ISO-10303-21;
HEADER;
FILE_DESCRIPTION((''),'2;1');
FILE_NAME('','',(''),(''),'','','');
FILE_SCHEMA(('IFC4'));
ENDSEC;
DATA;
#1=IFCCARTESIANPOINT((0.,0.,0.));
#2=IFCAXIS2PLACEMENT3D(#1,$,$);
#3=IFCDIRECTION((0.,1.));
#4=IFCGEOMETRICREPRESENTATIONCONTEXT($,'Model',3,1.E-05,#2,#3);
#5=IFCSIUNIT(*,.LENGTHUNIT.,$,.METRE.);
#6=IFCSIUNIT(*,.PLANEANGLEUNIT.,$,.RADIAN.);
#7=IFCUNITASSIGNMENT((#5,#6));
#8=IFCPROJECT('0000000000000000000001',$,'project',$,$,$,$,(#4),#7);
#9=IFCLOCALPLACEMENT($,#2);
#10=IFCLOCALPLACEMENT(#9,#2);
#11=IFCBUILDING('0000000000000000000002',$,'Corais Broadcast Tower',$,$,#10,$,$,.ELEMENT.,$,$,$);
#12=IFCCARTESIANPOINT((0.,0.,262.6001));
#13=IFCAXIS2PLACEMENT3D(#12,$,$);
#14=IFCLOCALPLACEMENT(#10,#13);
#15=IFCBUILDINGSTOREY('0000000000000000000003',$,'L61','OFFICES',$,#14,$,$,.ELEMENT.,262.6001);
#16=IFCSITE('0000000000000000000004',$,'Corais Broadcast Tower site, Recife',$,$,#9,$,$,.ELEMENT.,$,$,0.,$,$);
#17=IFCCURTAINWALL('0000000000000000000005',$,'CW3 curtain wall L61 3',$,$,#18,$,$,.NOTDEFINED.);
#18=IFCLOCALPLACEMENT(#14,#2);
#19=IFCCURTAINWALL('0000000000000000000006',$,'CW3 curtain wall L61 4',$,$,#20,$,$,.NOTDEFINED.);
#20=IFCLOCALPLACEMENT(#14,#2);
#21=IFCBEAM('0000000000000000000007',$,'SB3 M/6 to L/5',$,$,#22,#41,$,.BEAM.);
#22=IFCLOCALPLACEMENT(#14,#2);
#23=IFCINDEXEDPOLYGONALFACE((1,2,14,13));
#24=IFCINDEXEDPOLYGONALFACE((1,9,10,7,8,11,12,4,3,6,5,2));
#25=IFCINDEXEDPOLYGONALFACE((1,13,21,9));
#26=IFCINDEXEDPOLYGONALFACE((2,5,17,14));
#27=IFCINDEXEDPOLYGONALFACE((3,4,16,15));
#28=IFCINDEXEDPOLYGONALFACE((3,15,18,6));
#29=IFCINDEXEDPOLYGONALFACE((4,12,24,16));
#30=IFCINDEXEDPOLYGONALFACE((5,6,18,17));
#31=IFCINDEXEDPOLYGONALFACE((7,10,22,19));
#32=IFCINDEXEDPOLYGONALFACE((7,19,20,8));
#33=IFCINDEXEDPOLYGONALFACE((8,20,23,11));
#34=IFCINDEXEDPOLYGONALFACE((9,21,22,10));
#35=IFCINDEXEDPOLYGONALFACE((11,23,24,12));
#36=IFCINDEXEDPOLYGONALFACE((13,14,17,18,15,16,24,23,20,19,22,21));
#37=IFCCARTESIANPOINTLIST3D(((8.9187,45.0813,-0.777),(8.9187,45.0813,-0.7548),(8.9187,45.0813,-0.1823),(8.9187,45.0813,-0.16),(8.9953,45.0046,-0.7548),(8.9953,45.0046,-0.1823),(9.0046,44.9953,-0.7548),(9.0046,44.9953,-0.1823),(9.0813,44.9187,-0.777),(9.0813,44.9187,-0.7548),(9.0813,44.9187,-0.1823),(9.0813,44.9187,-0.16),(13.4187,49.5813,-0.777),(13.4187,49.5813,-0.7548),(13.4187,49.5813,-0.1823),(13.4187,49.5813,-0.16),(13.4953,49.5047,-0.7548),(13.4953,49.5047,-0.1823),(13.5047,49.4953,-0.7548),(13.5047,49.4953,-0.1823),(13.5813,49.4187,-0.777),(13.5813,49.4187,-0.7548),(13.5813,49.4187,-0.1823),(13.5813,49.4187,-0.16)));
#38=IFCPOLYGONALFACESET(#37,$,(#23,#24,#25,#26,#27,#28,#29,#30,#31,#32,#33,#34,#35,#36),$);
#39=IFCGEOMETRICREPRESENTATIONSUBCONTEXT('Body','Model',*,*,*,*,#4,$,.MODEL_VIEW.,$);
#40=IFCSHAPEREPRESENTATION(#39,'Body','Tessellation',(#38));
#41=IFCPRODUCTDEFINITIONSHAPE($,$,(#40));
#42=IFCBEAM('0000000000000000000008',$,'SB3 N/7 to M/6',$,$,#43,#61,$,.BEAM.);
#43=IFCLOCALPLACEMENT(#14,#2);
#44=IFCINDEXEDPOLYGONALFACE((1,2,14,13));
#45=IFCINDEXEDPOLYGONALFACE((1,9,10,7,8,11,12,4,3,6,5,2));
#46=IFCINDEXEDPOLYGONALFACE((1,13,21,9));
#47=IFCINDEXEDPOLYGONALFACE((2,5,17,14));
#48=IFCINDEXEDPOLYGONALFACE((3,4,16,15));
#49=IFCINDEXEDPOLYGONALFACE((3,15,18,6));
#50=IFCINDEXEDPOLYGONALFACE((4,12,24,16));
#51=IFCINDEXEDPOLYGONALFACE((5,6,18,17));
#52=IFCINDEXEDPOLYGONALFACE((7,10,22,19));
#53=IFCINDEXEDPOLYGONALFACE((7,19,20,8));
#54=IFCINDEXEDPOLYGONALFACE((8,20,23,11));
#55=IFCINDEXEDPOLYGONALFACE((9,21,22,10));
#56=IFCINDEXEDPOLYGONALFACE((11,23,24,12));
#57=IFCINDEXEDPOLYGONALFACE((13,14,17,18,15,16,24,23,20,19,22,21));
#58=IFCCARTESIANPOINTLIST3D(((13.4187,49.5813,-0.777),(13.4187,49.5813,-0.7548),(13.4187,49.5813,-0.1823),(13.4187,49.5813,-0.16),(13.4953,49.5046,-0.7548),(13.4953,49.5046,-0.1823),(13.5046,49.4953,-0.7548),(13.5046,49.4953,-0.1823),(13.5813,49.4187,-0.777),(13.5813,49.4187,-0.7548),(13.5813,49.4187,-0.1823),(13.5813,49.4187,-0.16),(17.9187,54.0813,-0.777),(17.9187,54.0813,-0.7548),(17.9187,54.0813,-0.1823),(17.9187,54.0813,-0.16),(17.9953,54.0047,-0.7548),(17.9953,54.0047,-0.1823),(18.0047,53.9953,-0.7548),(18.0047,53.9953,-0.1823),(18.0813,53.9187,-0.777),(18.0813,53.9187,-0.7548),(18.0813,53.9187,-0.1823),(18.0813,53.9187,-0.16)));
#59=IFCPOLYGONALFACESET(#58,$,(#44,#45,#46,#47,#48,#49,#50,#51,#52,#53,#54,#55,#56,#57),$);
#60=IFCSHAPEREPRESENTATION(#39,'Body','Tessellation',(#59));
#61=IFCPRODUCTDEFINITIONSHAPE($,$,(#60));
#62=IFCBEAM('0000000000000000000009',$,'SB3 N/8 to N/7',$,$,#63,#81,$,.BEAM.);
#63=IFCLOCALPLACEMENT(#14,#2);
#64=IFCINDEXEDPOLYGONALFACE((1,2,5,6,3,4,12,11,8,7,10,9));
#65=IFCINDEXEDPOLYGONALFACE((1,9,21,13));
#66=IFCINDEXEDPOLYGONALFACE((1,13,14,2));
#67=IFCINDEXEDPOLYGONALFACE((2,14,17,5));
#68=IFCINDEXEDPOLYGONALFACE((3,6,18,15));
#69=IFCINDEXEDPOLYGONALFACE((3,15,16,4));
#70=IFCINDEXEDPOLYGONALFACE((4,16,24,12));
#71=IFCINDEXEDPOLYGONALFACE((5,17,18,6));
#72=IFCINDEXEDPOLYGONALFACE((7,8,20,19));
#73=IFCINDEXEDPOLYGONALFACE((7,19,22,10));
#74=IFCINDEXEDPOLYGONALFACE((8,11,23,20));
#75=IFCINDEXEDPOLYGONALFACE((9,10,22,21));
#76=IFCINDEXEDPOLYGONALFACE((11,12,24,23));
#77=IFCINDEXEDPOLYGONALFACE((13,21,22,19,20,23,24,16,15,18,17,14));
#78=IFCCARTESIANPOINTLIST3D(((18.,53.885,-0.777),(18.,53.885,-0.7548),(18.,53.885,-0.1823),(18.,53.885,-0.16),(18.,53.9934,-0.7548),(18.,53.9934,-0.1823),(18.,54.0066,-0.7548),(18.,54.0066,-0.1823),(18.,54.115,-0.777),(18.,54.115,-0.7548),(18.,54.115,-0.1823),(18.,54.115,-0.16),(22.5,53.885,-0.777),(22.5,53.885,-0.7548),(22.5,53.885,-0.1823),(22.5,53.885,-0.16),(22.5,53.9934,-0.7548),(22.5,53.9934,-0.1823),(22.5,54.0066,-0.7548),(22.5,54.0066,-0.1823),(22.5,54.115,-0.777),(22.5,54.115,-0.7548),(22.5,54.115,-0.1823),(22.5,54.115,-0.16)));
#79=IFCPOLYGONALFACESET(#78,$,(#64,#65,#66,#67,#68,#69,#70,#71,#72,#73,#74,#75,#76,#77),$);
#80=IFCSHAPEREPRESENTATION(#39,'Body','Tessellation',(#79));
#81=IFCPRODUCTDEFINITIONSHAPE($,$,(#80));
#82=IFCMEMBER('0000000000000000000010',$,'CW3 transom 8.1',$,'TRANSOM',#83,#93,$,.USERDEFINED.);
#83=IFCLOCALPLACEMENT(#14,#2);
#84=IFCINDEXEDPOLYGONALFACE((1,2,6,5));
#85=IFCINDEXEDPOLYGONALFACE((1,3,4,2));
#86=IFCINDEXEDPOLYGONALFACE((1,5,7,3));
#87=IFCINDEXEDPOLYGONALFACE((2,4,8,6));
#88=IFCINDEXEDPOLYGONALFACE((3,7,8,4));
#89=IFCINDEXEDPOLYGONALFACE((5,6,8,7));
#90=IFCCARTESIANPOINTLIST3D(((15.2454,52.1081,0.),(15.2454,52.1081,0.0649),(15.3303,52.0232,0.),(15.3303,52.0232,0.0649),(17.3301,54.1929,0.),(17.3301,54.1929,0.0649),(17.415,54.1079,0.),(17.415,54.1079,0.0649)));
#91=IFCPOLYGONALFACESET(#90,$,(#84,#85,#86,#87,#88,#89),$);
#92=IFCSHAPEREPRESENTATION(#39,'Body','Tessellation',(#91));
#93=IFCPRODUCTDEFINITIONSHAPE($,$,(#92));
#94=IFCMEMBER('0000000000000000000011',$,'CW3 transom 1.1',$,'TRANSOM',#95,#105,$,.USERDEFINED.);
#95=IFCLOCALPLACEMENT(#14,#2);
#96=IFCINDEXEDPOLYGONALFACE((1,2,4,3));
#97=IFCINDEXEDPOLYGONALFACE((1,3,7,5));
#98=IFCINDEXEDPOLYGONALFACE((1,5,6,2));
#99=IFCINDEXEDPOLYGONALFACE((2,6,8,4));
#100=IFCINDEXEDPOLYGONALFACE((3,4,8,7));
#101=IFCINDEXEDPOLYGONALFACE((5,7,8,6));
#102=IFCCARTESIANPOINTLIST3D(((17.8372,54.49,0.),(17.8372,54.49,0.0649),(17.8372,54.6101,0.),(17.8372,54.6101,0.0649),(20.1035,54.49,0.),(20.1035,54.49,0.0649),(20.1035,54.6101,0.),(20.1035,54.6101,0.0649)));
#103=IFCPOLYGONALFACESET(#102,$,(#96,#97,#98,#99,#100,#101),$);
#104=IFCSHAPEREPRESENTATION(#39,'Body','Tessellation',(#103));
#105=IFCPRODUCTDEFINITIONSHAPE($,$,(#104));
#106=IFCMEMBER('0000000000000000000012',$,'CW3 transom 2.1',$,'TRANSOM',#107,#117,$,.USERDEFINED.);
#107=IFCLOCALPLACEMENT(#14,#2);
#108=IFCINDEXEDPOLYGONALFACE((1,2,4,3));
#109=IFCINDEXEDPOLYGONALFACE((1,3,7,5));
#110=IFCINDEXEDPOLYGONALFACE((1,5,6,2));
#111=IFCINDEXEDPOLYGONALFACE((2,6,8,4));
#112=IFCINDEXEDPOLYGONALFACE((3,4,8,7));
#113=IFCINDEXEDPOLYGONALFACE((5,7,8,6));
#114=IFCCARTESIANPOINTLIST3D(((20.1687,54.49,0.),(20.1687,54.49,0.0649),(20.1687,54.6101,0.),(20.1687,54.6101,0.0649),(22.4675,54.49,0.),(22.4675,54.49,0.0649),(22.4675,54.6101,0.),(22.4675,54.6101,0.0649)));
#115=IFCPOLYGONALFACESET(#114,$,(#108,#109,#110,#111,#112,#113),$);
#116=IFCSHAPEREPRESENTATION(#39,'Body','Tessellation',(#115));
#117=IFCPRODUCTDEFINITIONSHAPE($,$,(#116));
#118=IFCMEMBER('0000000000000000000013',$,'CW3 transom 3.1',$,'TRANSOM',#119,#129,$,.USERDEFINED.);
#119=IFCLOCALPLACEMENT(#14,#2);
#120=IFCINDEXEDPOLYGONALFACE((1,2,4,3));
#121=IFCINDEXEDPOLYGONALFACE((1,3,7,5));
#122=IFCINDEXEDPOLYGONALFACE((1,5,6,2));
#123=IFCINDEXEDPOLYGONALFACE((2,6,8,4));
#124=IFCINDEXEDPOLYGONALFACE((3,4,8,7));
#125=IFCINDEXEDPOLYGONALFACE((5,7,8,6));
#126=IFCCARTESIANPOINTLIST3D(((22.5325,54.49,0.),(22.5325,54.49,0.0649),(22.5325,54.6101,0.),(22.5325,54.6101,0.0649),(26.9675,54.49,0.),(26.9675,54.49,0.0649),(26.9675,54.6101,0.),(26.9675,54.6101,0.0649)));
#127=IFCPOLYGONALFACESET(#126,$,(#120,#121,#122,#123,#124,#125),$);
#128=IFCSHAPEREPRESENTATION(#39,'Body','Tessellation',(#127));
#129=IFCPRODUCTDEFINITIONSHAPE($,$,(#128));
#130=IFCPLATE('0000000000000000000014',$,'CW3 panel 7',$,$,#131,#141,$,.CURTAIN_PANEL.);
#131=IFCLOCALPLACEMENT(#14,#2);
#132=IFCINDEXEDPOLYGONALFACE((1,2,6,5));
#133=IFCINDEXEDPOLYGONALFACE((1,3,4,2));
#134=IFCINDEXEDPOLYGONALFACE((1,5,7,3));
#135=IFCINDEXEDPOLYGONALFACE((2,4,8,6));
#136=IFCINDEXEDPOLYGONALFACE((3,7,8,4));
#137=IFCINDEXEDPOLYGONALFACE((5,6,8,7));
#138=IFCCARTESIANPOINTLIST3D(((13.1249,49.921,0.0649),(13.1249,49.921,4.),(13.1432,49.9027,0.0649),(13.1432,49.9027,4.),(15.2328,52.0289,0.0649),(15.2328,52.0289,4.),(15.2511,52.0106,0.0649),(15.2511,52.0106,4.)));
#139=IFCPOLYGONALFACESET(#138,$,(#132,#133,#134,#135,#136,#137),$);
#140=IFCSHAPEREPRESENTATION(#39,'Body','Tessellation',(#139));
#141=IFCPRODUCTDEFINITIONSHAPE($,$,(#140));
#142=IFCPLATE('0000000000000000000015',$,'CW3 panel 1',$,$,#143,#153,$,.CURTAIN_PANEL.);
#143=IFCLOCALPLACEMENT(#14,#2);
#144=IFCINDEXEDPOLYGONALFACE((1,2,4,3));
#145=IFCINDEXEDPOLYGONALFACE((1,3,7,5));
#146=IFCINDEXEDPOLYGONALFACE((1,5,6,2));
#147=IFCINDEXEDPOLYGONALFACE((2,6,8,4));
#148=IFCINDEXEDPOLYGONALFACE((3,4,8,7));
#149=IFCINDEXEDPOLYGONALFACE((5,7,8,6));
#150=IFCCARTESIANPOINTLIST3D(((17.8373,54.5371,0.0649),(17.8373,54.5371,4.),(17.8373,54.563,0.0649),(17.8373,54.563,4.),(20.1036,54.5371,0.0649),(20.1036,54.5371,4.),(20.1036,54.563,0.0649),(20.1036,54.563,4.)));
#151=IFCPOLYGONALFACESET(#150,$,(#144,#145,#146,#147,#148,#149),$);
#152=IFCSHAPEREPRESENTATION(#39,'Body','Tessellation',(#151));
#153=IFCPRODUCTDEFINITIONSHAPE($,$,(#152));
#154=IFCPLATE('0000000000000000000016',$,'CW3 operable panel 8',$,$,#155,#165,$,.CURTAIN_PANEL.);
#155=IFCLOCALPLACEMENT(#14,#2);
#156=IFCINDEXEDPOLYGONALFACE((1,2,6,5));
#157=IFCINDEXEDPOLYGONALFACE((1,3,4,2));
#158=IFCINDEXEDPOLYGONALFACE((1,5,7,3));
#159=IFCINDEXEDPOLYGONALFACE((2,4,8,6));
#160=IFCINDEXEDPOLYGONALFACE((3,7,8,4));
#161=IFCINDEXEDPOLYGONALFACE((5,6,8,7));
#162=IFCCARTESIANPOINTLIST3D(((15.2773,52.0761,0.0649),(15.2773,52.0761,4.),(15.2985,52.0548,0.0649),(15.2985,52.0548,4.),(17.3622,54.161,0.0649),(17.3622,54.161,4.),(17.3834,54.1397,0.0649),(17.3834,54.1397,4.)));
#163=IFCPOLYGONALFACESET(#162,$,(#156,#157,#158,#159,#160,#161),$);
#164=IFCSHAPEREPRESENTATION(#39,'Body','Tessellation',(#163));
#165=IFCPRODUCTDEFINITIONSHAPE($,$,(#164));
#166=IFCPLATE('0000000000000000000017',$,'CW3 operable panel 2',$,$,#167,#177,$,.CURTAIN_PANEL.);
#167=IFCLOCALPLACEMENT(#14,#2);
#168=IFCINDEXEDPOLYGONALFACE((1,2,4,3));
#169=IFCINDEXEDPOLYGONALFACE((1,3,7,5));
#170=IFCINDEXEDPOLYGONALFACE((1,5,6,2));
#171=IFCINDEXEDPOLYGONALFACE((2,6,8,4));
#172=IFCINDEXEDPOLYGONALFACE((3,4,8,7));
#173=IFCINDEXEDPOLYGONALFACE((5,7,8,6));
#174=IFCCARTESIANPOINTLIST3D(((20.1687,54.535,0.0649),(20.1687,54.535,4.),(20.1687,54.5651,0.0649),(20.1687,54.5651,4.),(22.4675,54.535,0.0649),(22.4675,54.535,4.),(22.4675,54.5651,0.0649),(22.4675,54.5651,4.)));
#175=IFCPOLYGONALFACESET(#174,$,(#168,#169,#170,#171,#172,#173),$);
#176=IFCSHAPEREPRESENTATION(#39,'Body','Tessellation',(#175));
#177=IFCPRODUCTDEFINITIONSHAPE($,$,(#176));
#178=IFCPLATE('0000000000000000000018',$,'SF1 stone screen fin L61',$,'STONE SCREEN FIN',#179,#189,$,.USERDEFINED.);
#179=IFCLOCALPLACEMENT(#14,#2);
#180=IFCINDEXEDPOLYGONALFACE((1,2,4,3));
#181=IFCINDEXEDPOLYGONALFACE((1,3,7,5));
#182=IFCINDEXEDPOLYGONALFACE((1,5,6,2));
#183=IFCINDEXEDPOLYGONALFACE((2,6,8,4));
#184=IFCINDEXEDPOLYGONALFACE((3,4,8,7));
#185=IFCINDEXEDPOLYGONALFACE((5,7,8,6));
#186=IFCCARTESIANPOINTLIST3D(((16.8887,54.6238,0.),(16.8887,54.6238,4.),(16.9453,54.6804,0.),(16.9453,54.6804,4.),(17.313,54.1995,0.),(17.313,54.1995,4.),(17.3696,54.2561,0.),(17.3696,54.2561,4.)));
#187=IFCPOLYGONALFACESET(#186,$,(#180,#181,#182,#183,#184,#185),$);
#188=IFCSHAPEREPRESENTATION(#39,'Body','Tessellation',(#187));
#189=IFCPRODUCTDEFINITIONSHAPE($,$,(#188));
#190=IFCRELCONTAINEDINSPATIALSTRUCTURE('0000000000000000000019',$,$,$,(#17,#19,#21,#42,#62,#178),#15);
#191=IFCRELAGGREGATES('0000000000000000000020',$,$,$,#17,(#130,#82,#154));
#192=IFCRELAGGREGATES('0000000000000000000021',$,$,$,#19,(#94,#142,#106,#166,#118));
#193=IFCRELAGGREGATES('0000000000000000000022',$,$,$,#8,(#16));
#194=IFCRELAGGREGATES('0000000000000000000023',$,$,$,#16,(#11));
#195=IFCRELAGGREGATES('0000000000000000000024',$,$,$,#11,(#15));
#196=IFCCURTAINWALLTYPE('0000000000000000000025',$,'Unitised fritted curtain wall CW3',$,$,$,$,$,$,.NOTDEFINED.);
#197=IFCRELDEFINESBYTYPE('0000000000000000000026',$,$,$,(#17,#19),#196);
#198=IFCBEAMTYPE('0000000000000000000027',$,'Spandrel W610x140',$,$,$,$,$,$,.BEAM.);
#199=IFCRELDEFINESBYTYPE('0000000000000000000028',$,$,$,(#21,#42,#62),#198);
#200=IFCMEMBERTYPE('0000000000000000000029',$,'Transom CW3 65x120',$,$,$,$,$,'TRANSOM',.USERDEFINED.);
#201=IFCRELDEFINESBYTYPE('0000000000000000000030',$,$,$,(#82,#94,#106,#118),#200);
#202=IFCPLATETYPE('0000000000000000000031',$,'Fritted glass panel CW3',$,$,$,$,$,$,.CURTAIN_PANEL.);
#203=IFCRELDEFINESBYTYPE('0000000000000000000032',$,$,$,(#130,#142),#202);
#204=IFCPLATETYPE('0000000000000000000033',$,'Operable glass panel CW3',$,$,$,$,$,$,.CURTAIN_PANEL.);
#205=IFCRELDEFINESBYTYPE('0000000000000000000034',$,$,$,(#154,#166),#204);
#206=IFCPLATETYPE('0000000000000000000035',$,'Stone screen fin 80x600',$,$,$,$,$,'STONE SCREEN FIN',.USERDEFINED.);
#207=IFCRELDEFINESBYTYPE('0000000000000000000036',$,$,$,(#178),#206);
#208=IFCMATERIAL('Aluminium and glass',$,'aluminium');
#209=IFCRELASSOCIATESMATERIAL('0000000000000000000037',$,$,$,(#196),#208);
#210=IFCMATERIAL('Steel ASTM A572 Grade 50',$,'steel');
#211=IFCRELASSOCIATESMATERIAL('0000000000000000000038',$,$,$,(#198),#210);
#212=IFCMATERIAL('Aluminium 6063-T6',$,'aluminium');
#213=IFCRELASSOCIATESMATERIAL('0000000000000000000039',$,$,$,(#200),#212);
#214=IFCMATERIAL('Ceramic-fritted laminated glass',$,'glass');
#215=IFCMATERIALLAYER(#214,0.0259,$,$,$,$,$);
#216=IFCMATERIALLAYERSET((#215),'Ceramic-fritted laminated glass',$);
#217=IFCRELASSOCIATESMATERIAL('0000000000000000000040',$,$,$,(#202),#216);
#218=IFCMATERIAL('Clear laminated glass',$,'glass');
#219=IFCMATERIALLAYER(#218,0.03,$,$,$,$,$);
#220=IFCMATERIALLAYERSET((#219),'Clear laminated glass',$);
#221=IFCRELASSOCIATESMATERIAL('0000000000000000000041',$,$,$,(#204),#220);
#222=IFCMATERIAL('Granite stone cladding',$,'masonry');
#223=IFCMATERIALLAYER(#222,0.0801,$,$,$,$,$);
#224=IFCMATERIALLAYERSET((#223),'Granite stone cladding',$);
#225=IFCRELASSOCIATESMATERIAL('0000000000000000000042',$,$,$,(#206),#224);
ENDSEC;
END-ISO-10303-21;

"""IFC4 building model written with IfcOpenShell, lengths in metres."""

from ifc_helpers import new_model, si_unit, direction, frame, origin, origin_2d, place, context, subcontext, project, spatial, rectangle, i_section, extrude, material, layer, layer_set, material_profile, profile_set, type_object, element, aggregate, save


model = new_model("IFC4")

# Units and contexts
model_context = context("Model", 3, precision=1e-05, world=origin(), true_north=direction((0.0, 1.0)))
body_context = subcontext(model_context, "Body", "Model", "MODEL_VIEW")
ifc_project = project(units=[si_unit("LENGTHUNIT", "METRE"), si_unit("PLANEANGLEUNIT", "RADIAN")], contexts=[model_context])

# Site, building, storey
site_placement = place(None, origin())
site = spatial("IfcSite", under=ifc_project, at=site_placement, Name="Corais Broadcast Tower site, Recife", CompositionType="ELEMENT", RefElevation=0.0)
building_placement = place(site_placement, origin())
building = spatial("IfcBuilding", under=site, at=building_placement, Name="Corais Broadcast Tower", CompositionType="ELEMENT")
storey_placement = place(building_placement, frame((0.0, 0.0, 262.6001)))
storey = spatial("IfcBuildingStorey", under=building, at=storey_placement, Name="L61", Description="OFFICES", CompositionType="ELEMENT", Elevation=262.6001)

# Curtain walls
ifc_material_1 = material(Name="Aluminium and glass", Category="aluminium")
curtain_wall_type = type_object("IfcCurtainWallType", Name="Unitised fritted curtain wall CW3", PredefinedType="NOTDEFINED", material=ifc_material_1)
curtain_wall_1_placement = place(storey_placement, origin())
curtain_wall_1 = element("IfcCurtainWall", 1, at=curtain_wall_1_placement, inside=storey, type_object=curtain_wall_type, Name="CW3 curtain wall L61 3", PredefinedType="NOTDEFINED")
curtain_wall_2_placement = place(storey_placement, origin())
curtain_wall_2 = element("IfcCurtainWall", 2, at=curtain_wall_2_placement, inside=storey, type_object=curtain_wall_type, Name="CW3 curtain wall L61 4", PredefinedType="NOTDEFINED")

# Beams
ifc_material_2 = material(Name="Steel ASTM A572 Grade 50", Category="steel")
ifc_material_profile_1 = material_profile(ifc_material_2, i_section(OverallWidth=0.23, OverallDepth=0.6169, WebThickness=0.0132, FlangeThickness=0.0222, at=origin_2d()), Name="W610x140")
ifc_profile_set_1 = profile_set([ifc_material_profile_1], Name="Steel ASTM A572 Grade 50")
beam_type_1 = type_object("IfcBeamType", Name="Spandrel W610x140", PredefinedType="BEAM", material=ifc_profile_set_1)
for number, where, z_axis, x_axis, name in (
    (3, (13.5, 49.5, -0.4685), (-0.707107, -0.707107, 0.0), (0.707107, -0.707107, 0.0), "SB3 M/6 to L/5"),
    (4, (18.0, 54.0, -0.4685), (-0.707107, -0.707107, 0.0), (0.707107, -0.707107, 0.0), "SB3 N/7 to M/6"),
):
    element("IfcBeam", number, at=place(storey_placement, frame(where, z_axis=z_axis, x_axis=x_axis)), inside=storey, type_object=beam_type_1, Name=name, PredefinedType="BEAM", context=body_context, shape_type="SweptSolid", body=[
        extrude(i_section(OverallWidth=0.23, OverallDepth=0.6169, WebThickness=0.0132, FlangeThickness=0.0222, at=origin_2d()), origin(), (0.0, 0.0, 1.0), 6.364),
    ])
beam_1_placement = place(storey_placement, frame((22.5, 54.0, -0.4685), z_axis=(-1.0, 0.0, 0.0), x_axis=(0.0, -1.0, 0.0)))
element("IfcBeam", 5, at=beam_1_placement, inside=storey, type_object=beam_type_1, Name="SB3 N/8 to N/7", PredefinedType="BEAM", context=body_context, shape_type="SweptSolid", body=[
    extrude(i_section(OverallWidth=0.23, OverallDepth=0.6169, WebThickness=0.0132, FlangeThickness=0.0222, at=origin_2d()), origin(), (0.0, 0.0, 1.0), 4.5),
])

# Members
ifc_material_3 = material(Name="Aluminium 6063-T6", Category="aluminium")
ifc_material_profile_2 = material_profile(ifc_material_3, rectangle(XDim=0.1201, YDim=0.0649, at=origin_2d()), Name="Transom CW3 65x120")
ifc_profile_set_2 = profile_set([ifc_material_profile_2], Name="Aluminium 6063-T6")
member_type_1 = type_object("IfcMemberType", Name="Transom CW3 65x120", ElementType="TRANSOM", PredefinedType="USERDEFINED", material=ifc_profile_set_2)
member_1_placement = place(storey_placement, frame((15.2878, 52.0657, 0.0325), z_axis=(0.707107, 0.707107, 0.0), x_axis=(-0.707107, 0.707107, 0.0)))
member_1 = element("IfcMember", 6, at=member_1_placement, type_object=member_type_1, Name="CW3 transom 8.1", ObjectType="TRANSOM", PredefinedType="USERDEFINED", context=body_context, shape_type="SweptSolid", body=[
    extrude(rectangle(XDim=0.1201, YDim=0.0649, at=origin_2d()), origin(), (0.0, 0.0, 1.0), 2.9482),
])
member_2_placement = place(storey_placement, frame((17.8372, 54.55, 0.0325), z_axis=(1.0, 0.0, 0.0), x_axis=(0.0, 1.0, 0.0)))
member_2 = element("IfcMember", 7, at=member_2_placement, type_object=member_type_1, Name="CW3 transom 1.1", ObjectType="TRANSOM", PredefinedType="USERDEFINED", context=body_context, shape_type="SweptSolid", body=[
    extrude(rectangle(XDim=0.1201, YDim=0.0649, at=origin_2d()), origin(), (0.0, 0.0, 1.0), 2.2664),
])
member_3_placement = place(storey_placement, frame((20.1687, 54.55, 0.0325), z_axis=(1.0, 0.0, 0.0), x_axis=(0.0, 1.0, 0.0)))
member_3 = element("IfcMember", 8, at=member_3_placement, type_object=member_type_1, Name="CW3 transom 2.1", ObjectType="TRANSOM", PredefinedType="USERDEFINED", context=body_context, shape_type="SweptSolid", body=[
    extrude(rectangle(XDim=0.1201, YDim=0.0649, at=origin_2d()), origin(), (0.0, 0.0, 1.0), 2.2988),
])
member_4_placement = place(storey_placement, frame((22.5325, 54.55, 0.0325), z_axis=(1.0, 0.0, 0.0), x_axis=(0.0, 1.0, 0.0)))
member_4 = element("IfcMember", 9, at=member_4_placement, type_object=member_type_1, Name="CW3 transom 3.1", ObjectType="TRANSOM", PredefinedType="USERDEFINED", context=body_context, shape_type="SweptSolid", body=[
    extrude(rectangle(XDim=0.1201, YDim=0.0649, at=origin_2d()), origin(), (0.0, 0.0, 1.0), 4.4351),
])

# Plates
ifc_material_4 = material(Name="Ceramic-fritted laminated glass", Category="glass")
ifc_layer_1 = layer(ifc_material_4, 0.0259)
ifc_layer_set_1 = layer_set([ifc_layer_1], Name="Ceramic-fritted laminated glass")
plate_type_1 = type_object("IfcPlateType", Name="Fritted glass panel CW3", PredefinedType="CURTAIN_PANEL", material=ifc_layer_set_1)
plate_1_placement = place(storey_placement, frame((14.188, 50.9658, 0.0649), z_axis=(0.0, 0.0, 1.0), x_axis=(0.707107, 0.707107, 0.0)))
plate_1 = element("IfcPlate", 10, at=plate_1_placement, type_object=plate_type_1, Name="CW3 panel 7", PredefinedType="CURTAIN_PANEL", context=body_context, shape_type="SweptSolid", body=[
    extrude(rectangle(XDim=2.981, YDim=0.0259, at=origin_2d()), origin(), (0.0, 0.0, 1.0), 3.9351),
])
plate_2_placement = place(storey_placement, frame((18.9705, 54.55, 0.0649), z_axis=(0.0, 0.0, 1.0), x_axis=(1.0, 0.0, 0.0)))
plate_2 = element("IfcPlate", 11, at=plate_2_placement, type_object=plate_type_1, Name="CW3 panel 1", PredefinedType="CURTAIN_PANEL", context=body_context, shape_type="SweptSolid", body=[
    extrude(rectangle(XDim=2.2664, YDim=0.0259, at=origin_2d()), origin(), (0.0, 0.0, 1.0), 3.9351),
])
ifc_material_5 = material(Name="Clear laminated glass", Category="glass")
ifc_layer_2 = layer(ifc_material_5, 0.03)
ifc_layer_set_2 = layer_set([ifc_layer_2], Name="Clear laminated glass")
plate_type_2 = type_object("IfcPlateType", Name="Operable glass panel CW3", PredefinedType="CURTAIN_PANEL", material=ifc_layer_set_2)
plate_3_placement = place(storey_placement, frame((16.3303, 53.1079, 0.0649), z_axis=(0.0, 0.0, 1.0), x_axis=(0.707107, 0.707107, 0.0)))
plate_3 = element("IfcPlate", 12, at=plate_3_placement, type_object=plate_type_2, Name="CW3 operable panel 8", PredefinedType="CURTAIN_PANEL", context=body_context, shape_type="SweptSolid", body=[
    extrude(rectangle(XDim=2.9485, YDim=0.03, at=origin_2d()), origin(), (0.0, 0.0, 1.0), 3.9351),
])
aggregate(curtain_wall_1, [plate_1, member_1, plate_3])
plate_4_placement = place(storey_placement, frame((21.3181, 54.55, 0.0649), z_axis=(0.0, 0.0, 1.0), x_axis=(1.0, 0.0, 0.0)))
plate_4 = element("IfcPlate", 13, at=plate_4_placement, type_object=plate_type_2, Name="CW3 operable panel 2", PredefinedType="CURTAIN_PANEL", context=body_context, shape_type="SweptSolid", body=[
    extrude(rectangle(XDim=2.2988, YDim=0.03, at=origin_2d()), origin(), (0.0, 0.0, 1.0), 3.9351),
])
aggregate(curtain_wall_2, [member_2, plate_2, member_3, plate_4, member_4])
ifc_material_6 = material(Name="Granite stone cladding", Category="masonry")
ifc_layer_3 = layer(ifc_material_6, 0.0801)
ifc_layer_set_3 = layer_set([ifc_layer_3], Name="Granite stone cladding")
plate_type_3 = type_object("IfcPlateType", Name="Stone screen fin 80x600", ElementType="STONE SCREEN FIN", PredefinedType="USERDEFINED", material=ifc_layer_set_3)
plate_5_placement = place(storey_placement, frame((17.1292, 54.4399, 0.0), z_axis=(0.0, 0.0, 1.0), x_axis=(0.707107, 0.707107, 0.0)))
element("IfcPlate", 14, at=plate_5_placement, inside=storey, type_object=plate_type_3, Name="SF1 stone screen fin L61", ObjectType="STONE SCREEN FIN", PredefinedType="USERDEFINED", context=body_context, shape_type="SweptSolid", body=[
    extrude(rectangle(XDim=0.0801, YDim=0.6001, at=origin_2d()), origin(), (0.0, 0.0, 1.0), 4.0),
])

save(model, "model.ifc")
